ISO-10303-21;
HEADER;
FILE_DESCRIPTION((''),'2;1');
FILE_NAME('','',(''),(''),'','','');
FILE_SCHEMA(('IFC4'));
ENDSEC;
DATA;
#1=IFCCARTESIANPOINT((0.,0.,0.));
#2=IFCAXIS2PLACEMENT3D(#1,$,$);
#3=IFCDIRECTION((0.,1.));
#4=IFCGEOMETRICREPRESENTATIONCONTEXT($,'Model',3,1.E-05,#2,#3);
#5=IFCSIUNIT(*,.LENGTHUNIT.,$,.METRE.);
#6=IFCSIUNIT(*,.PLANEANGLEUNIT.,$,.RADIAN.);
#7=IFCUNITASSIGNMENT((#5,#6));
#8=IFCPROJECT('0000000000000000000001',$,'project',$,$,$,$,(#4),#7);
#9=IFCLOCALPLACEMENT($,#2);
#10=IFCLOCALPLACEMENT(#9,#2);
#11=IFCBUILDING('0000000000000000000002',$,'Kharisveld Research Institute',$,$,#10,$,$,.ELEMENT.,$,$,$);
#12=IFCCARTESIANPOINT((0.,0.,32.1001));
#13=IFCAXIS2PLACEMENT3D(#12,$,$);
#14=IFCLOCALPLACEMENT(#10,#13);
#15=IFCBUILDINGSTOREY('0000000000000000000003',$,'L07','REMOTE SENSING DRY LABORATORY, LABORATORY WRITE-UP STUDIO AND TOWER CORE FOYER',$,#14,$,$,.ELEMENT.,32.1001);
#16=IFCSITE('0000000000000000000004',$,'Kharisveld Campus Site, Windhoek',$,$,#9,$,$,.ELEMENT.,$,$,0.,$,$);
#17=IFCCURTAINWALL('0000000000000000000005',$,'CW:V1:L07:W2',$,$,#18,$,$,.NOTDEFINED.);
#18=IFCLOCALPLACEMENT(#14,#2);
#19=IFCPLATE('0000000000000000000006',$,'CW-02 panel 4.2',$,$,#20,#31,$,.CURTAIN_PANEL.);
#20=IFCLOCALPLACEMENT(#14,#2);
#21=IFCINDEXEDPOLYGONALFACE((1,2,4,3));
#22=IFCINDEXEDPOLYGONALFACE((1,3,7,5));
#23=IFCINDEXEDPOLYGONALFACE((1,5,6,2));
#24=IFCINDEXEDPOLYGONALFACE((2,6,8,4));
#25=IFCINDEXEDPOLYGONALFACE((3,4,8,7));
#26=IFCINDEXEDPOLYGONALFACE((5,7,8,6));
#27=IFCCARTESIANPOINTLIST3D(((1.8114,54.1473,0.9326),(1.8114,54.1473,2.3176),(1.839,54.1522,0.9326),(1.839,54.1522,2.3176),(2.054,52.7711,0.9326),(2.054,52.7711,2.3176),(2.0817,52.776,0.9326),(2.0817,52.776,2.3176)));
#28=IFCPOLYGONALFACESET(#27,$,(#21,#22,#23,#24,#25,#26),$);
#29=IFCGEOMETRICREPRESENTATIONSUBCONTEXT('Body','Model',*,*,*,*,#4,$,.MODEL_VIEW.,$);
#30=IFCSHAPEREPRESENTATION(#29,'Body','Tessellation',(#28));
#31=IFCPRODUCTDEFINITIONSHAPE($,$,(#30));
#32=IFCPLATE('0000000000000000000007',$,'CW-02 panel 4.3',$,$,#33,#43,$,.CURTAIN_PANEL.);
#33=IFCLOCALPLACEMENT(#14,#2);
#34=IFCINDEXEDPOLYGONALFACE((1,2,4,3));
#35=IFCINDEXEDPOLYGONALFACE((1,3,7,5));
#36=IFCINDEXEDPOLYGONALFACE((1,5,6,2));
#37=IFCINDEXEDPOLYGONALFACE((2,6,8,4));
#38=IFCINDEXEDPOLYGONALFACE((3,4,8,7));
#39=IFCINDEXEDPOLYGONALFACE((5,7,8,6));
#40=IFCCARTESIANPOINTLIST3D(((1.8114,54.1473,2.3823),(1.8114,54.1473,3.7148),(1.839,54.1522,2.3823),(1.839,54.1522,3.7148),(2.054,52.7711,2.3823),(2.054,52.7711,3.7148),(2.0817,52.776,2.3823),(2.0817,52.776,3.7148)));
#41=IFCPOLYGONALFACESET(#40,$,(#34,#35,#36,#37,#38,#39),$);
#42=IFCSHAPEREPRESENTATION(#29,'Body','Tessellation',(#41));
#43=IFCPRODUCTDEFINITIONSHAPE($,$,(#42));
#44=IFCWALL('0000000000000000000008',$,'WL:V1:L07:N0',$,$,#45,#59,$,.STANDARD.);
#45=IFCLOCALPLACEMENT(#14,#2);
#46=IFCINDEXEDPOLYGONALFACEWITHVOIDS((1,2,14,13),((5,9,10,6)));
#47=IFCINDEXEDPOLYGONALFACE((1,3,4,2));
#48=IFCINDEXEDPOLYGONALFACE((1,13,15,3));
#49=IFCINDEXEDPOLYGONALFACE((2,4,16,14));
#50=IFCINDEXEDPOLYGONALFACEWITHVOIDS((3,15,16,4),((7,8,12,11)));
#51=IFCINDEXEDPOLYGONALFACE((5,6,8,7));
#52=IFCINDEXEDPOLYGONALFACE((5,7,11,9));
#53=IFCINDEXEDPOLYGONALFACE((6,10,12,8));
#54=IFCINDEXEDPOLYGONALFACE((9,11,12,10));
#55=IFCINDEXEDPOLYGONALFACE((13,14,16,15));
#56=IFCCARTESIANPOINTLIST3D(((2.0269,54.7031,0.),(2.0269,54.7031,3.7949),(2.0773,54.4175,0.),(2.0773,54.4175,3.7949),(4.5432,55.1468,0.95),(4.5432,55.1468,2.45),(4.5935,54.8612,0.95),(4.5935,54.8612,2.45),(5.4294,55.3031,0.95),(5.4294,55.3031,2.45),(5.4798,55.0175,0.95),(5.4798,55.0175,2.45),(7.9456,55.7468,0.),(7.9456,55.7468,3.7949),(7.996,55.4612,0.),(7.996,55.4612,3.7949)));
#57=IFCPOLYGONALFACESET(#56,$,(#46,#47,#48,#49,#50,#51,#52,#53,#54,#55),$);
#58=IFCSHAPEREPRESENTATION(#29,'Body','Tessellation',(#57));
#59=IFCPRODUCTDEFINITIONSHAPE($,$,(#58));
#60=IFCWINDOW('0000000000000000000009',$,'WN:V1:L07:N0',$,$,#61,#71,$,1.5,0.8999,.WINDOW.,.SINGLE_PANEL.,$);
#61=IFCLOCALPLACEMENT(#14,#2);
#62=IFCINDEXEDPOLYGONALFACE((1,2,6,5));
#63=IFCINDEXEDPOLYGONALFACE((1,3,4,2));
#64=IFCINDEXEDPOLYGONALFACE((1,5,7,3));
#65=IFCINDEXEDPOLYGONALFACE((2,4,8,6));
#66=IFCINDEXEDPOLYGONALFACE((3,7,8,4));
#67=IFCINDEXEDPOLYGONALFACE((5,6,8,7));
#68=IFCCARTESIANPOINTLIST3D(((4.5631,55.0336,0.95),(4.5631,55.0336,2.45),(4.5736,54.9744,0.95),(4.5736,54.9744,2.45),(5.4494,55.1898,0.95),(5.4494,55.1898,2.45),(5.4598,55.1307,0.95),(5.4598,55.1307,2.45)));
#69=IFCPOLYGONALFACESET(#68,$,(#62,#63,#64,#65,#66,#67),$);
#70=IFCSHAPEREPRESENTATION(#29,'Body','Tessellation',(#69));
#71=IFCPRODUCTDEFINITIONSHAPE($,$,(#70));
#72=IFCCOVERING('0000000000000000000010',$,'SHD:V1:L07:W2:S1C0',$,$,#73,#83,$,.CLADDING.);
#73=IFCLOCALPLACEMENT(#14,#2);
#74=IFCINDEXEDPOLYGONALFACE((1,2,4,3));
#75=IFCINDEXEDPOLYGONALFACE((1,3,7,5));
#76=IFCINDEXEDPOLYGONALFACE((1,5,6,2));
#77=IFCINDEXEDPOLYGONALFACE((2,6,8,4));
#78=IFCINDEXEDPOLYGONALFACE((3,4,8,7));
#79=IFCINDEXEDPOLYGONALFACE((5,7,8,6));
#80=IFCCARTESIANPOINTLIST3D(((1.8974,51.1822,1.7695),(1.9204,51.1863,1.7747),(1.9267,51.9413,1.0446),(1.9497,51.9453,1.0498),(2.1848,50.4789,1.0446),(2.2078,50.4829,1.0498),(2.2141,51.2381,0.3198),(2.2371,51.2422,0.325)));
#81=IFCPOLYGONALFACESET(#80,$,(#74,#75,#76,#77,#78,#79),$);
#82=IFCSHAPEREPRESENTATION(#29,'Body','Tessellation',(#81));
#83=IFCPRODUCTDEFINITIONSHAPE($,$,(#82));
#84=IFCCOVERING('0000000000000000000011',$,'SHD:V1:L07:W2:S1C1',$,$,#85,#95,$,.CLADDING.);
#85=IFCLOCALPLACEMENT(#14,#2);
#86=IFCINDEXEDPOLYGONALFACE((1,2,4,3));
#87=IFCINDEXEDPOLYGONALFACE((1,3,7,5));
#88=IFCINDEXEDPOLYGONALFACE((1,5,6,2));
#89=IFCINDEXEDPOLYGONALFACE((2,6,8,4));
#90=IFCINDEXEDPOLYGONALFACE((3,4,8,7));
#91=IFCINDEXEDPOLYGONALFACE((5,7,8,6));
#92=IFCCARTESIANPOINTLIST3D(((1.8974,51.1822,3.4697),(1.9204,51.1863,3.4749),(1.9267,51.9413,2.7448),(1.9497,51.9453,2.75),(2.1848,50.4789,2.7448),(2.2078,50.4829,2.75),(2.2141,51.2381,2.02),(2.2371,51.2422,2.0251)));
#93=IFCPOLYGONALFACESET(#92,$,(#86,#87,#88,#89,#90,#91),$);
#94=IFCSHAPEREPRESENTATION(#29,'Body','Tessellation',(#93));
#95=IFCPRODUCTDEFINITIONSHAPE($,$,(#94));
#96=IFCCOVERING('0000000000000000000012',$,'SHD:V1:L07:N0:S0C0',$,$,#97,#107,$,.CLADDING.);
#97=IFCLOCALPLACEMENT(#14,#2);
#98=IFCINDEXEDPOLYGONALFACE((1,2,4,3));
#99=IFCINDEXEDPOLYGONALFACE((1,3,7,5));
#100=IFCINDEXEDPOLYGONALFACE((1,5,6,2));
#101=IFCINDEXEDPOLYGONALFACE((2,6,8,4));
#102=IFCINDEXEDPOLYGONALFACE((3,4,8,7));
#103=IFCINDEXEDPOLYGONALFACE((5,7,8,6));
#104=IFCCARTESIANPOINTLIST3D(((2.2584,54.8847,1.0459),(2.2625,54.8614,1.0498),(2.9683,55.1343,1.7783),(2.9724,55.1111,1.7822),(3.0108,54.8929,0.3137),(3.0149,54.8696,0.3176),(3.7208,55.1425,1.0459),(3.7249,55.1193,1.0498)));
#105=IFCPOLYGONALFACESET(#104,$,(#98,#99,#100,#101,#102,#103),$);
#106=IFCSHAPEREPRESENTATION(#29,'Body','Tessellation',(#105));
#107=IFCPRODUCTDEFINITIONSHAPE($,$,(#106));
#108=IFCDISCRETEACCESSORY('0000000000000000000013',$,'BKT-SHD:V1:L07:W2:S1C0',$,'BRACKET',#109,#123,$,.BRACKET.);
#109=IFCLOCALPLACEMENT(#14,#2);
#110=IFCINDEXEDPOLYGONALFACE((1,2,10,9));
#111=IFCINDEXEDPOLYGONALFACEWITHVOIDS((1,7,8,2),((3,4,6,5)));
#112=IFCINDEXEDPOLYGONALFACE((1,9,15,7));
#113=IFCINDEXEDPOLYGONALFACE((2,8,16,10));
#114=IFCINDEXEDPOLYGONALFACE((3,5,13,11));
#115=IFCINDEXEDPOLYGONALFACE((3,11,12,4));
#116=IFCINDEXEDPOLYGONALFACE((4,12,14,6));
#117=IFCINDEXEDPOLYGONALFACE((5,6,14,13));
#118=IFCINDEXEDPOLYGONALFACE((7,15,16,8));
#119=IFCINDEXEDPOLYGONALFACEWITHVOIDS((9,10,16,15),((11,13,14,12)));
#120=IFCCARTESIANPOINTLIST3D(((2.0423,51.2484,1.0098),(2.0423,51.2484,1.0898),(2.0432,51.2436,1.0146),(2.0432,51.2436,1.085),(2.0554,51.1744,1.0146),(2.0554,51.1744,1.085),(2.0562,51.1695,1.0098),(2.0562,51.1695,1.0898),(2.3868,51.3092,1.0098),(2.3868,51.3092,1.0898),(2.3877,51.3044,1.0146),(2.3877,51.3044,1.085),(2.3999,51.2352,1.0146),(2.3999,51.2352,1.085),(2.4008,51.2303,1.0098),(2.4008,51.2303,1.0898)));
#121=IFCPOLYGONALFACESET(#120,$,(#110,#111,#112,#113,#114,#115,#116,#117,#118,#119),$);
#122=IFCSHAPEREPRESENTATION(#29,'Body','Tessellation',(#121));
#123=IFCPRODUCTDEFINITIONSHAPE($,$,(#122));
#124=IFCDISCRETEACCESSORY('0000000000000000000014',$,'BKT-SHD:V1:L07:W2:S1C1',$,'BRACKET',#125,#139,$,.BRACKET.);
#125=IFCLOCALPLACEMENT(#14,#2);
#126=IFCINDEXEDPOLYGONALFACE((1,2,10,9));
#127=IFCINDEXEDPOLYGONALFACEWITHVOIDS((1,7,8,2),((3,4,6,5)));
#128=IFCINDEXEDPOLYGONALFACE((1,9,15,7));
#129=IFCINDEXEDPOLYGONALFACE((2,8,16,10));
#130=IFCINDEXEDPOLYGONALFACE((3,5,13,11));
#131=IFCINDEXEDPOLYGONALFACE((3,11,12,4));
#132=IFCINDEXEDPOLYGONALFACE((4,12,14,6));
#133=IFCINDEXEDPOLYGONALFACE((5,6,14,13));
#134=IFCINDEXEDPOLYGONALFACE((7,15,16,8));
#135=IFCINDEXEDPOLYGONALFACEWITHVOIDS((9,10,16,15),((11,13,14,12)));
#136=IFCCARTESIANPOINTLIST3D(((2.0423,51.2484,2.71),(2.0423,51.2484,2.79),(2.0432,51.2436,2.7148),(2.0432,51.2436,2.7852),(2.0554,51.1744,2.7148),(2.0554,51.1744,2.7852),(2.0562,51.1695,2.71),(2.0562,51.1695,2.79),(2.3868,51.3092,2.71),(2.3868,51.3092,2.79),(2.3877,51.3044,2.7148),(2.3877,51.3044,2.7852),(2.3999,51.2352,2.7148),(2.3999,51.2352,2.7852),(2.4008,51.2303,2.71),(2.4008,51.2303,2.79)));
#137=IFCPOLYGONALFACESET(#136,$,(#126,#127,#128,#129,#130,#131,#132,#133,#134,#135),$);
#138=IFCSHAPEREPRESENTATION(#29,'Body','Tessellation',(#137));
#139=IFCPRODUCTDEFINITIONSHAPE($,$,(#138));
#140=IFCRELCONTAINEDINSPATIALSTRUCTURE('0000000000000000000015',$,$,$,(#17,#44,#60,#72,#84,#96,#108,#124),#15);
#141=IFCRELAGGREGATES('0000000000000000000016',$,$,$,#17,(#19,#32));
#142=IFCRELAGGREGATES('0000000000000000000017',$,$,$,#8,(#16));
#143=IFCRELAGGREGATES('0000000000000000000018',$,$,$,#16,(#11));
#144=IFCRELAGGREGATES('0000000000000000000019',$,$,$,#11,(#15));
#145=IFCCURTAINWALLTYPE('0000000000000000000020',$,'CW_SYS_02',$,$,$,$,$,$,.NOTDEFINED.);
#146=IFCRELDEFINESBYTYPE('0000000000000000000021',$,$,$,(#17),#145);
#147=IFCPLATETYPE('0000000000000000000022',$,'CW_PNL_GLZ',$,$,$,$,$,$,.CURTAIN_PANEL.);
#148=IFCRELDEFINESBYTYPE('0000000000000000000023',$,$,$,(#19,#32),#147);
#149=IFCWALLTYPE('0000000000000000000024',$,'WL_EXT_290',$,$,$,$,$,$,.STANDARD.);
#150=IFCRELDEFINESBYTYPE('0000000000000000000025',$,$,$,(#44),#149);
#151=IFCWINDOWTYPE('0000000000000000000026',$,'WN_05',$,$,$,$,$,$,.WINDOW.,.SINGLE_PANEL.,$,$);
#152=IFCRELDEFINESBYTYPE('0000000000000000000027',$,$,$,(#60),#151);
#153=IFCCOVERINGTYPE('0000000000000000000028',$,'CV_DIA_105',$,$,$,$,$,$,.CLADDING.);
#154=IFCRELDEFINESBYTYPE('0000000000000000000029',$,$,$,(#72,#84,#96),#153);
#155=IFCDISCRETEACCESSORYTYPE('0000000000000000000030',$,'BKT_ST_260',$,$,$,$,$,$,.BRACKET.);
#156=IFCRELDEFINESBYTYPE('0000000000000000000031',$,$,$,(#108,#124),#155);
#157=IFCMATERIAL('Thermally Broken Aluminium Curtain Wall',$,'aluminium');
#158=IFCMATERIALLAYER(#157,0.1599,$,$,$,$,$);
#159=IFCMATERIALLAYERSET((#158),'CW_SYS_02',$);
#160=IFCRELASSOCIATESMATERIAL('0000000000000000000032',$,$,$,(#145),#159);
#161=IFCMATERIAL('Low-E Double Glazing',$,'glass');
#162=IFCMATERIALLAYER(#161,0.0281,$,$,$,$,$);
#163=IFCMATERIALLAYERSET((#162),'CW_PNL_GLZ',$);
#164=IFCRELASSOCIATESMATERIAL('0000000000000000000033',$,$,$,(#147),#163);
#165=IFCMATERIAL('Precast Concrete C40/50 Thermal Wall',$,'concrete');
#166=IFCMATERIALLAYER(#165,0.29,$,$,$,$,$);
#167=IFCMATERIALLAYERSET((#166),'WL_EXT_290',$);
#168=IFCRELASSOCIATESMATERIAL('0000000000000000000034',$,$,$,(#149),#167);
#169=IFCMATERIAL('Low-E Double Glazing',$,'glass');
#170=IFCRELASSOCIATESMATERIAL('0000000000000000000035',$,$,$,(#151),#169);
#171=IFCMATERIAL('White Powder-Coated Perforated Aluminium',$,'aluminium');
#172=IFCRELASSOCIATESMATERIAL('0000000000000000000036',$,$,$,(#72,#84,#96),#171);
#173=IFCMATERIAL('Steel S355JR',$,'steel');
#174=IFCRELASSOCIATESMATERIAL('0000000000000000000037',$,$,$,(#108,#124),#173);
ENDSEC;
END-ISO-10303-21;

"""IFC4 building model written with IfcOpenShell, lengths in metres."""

from ifc_helpers import new_model, si_unit, direction, frame, frame_2d, origin, origin_2d, place, context, subcontext, project, spatial, polyline, rectangle, hollow_rectangle, outline, extrude, material, layer, layer_set, type_object, element, fill, aggregate, save


model = new_model("IFC4")

# Units and contexts
model_context = context("Model", 3, precision=1e-05, world=origin(), true_north=direction((0.0, 1.0)))
body_context = subcontext(model_context, "Body", "Model", "MODEL_VIEW")
ifc_project = project(units=[si_unit("LENGTHUNIT", "METRE"), si_unit("PLANEANGLEUNIT", "RADIAN")], contexts=[model_context])

# Site, building, storey
site_placement = place(None, origin())
site = spatial("IfcSite", under=ifc_project, at=site_placement, Name="Kharisveld Campus Site, Windhoek", CompositionType="ELEMENT", RefElevation=0.0)
building_placement = place(site_placement, origin())
building = spatial("IfcBuilding", under=site, at=building_placement, Name="Kharisveld Research Institute", CompositionType="ELEMENT")
storey_placement = place(building_placement, frame((0.0, 0.0, 32.1001)))
storey = spatial("IfcBuildingStorey", under=building, at=storey_placement, Name="L07", Description="REMOTE SENSING DRY LABORATORY, LABORATORY WRITE-UP STUDIO AND TOWER CORE FOYER", CompositionType="ELEMENT", Elevation=32.1001)

# Curtain wall
ifc_material_1 = material(Name="Thermally Broken Aluminium Curtain Wall", Category="aluminium")
ifc_layer_1 = layer(ifc_material_1, 0.1599)
ifc_layer_set_1 = layer_set([ifc_layer_1], Name="CW_SYS_02")
curtain_wall_type = type_object("IfcCurtainWallType", Name="CW_SYS_02", PredefinedType="NOTDEFINED", material=ifc_layer_set_1)
curtain_wall_placement = place(storey_placement, origin())
curtain_wall = element("IfcCurtainWall", 1, at=curtain_wall_placement, inside=storey, type_object=curtain_wall_type, Name="CW:V1:L07:W2", PredefinedType="NOTDEFINED")

# Plates
ifc_material_2 = material(Name="Low-E Double Glazing", Category="glass")
ifc_layer_2 = layer(ifc_material_2, 0.0281)
ifc_layer_set_2 = layer_set([ifc_layer_2], Name="CW_PNL_GLZ")
plate_type = type_object("IfcPlateType", Name="CW_PNL_GLZ", PredefinedType="CURTAIN_PANEL", material=ifc_layer_set_2)
plate_1_placement = place(storey_placement, frame((1.9465, 53.4617, 0.9326), z_axis=(0.0, 0.0, 1.0), x_axis=(-0.173648, 0.984808, 0.0)))
plate_1 = element("IfcPlate", 2, at=plate_1_placement, type_object=plate_type, Name="CW-02 panel 4.2", PredefinedType="CURTAIN_PANEL", context=body_context, shape_type="SweptSolid", body=[
    extrude(rectangle(XDim=1.3975, YDim=0.0281, at=origin_2d()), origin(), (0.0, 0.0, 1.0), 1.385),
])
plate_2_placement = place(storey_placement, frame((1.9465, 53.4617, 2.3823), z_axis=(0.0, 0.0, 1.0), x_axis=(-0.173648, 0.984808, 0.0)))
plate_2 = element("IfcPlate", 3, at=plate_2_placement, type_object=plate_type, Name="CW-02 panel 4.3", PredefinedType="CURTAIN_PANEL", context=body_context, shape_type="SweptSolid", body=[
    extrude(rectangle(XDim=1.3975, YDim=0.0281, at=origin_2d()), origin(), (0.0, 0.0, 1.0), 1.3325),
])
aggregate(curtain_wall, [plate_1, plate_2])

# Wall, opening, window
ifc_material_3 = material(Name="Precast Concrete C40/50 Thermal Wall", Category="concrete")
ifc_layer_3 = layer(ifc_material_3, 0.29)
ifc_layer_set_3 = layer_set([ifc_layer_3], Name="WL_EXT_290")
wall_type = type_object("IfcWallType", Name="WL_EXT_290", PredefinedType="STANDARD", material=ifc_layer_set_3)
wall_placement = place(storey_placement, frame((2.0522, 54.5603, 0.0), z_axis=(0.0, 0.0, 1.0), x_axis=(0.984806, 0.17366, 0.0)))
wall = element("IfcWall", 4, at=wall_placement, inside=storey, type_object=wall_type, Name="WL:V1:L07:N0", PredefinedType="STANDARD", context=body_context, shape_type="SweptSolid", body=[
    extrude(rectangle(XDim=6.01, YDim=0.29, at=frame_2d((3.0049, 0.0))), origin(), (0.0, 0.0, 1.0), 3.7949),
])
opening_placement = place(wall_placement, frame((2.5549, 0.0, 0.95)))
opening = element("IfcOpeningElement", 5, at=opening_placement, cuts=wall, PredefinedType="OPENING", context=body_context, shape_type="SweptSolid", body=[
    extrude(rectangle(XDim=0.8999, YDim=1.5, at=frame_2d((0.45, 0.75))), frame((0.0, 0.145, 0.0), z_axis=(0.0, -1.0, 0.0), x_axis=(1.0, 0.0, 0.0)), (0.0, 0.0, 1.0), 0.29),
])
ifc_material_4 = material(Name="Low-E Double Glazing", Category="glass")
window_type = type_object("IfcWindowType", Name="WN_05", PartitioningType="SINGLE_PANEL", PredefinedType="WINDOW", material=ifc_material_4)
window_placement = place(opening_placement, origin())
window = element("IfcWindow", 6, at=window_placement, inside=storey, type_object=window_type, Name="WN:V1:L07:N0", OverallHeight=1.5, OverallWidth=0.8999, PartitioningType="SINGLE_PANEL", PredefinedType="WINDOW", context=body_context, shape_type="SweptSolid", body=[
    extrude(rectangle(XDim=0.8999, YDim=1.5, at=frame_2d((0.45, 0.75))), frame((0.0, 0.03, 0.0), z_axis=(0.0, -1.0, 0.0), x_axis=(1.0, 0.0, 0.0)), (0.0, 0.0, 1.0), 0.0601),
])
fill(opening, window)

# Coverings
ifc_material_5 = material(Name="White Powder-Coated Perforated Aluminium", Category="aluminium")
covering_type = type_object("IfcCoveringType", Name="CV_DIA_105", PredefinedType="CLADDING")
for number, where, z_axis, x_axis, name in (
    (7, (2.2371, 51.2422, 0.325), (0.96142, 0.169653, 0.21654), (-0.273667, 0.669686, 0.690382), "SHD:V1:L07:W2:S1C0"),
    (8, (2.2371, 51.2422, 2.0251), (0.96142, 0.169653, 0.21654), (-0.273667, 0.669686, 0.690382), "SHD:V1:L07:W2:S1C1"),
):
    element("IfcCovering", number, at=place(storey_placement, frame(where, z_axis=z_axis, x_axis=x_axis)), inside=storey, type_object=covering_type, material=ifc_material_5, Name=name, PredefinedType="CLADDING", context=body_context, shape_type="SweptSolid", body=[
        extrude(outline(polyline([(0.0, 0.0), (1.0499, 0.0), (1.0501, 1.05), (0.0, 1.0501), (0.0, 0.0)])), origin(), (0.0, 0.0, -1.0), 0.0239),
    ])
covering_placement = place(storey_placement, frame((3.0149, 54.8696, 0.3176), z_axis=(0.171234, -0.971299, 0.165096), x_axis=(0.676174, 0.237734, 0.697332)))
element("IfcCovering", 9, at=covering_placement, inside=storey, type_object=covering_type, material=ifc_material_5, Name="SHD:V1:L07:N0:S0C0", PredefinedType="CLADDING", context=body_context, shape_type="SweptSolid", body=[
    extrude(outline(polyline([(0.0, 0.0), (1.05, 0.0), (1.05, 1.0501), (-0.0001, 1.0499), (0.0, 0.0)])), origin(), (0.0, 0.0, -1.0), 0.0239),
])

# Discrete accessories
ifc_material_6 = material(Name="Steel S355JR", Category="steel")
discrete_accessory_type = type_object("IfcDiscreteAccessoryType", Name="BKT_ST_260", PredefinedType="BRACKET")
for number, where, z_axis, x_axis, name in (
    (10, (2.3938, 51.2698, 1.0498), (-0.984784, -0.173785, 0.0), (0.173785, -0.984784, 0.0), "BKT-SHD:V1:L07:W2:S1C0"),
    (11, (2.3938, 51.2698, 2.75), (-0.984784, -0.173785, 0.0), (0.173785, -0.984784, 0.0), "BKT-SHD:V1:L07:W2:S1C1"),
):
    element("IfcDiscreteAccessory", number, at=place(storey_placement, frame(where, z_axis=z_axis, x_axis=x_axis)), inside=storey, type_object=discrete_accessory_type, material=ifc_material_6, Name=name, ObjectType="BRACKET", PredefinedType="BRACKET", context=body_context, shape_type="SweptSolid", body=[
        extrude(hollow_rectangle(XDim=0.0801, YDim=0.0801, WallThickness=0.0049, at=origin_2d()), origin(), (0.0, 0.0, 1.0), 0.3499),
    ])

save(model, "model.ifc")
